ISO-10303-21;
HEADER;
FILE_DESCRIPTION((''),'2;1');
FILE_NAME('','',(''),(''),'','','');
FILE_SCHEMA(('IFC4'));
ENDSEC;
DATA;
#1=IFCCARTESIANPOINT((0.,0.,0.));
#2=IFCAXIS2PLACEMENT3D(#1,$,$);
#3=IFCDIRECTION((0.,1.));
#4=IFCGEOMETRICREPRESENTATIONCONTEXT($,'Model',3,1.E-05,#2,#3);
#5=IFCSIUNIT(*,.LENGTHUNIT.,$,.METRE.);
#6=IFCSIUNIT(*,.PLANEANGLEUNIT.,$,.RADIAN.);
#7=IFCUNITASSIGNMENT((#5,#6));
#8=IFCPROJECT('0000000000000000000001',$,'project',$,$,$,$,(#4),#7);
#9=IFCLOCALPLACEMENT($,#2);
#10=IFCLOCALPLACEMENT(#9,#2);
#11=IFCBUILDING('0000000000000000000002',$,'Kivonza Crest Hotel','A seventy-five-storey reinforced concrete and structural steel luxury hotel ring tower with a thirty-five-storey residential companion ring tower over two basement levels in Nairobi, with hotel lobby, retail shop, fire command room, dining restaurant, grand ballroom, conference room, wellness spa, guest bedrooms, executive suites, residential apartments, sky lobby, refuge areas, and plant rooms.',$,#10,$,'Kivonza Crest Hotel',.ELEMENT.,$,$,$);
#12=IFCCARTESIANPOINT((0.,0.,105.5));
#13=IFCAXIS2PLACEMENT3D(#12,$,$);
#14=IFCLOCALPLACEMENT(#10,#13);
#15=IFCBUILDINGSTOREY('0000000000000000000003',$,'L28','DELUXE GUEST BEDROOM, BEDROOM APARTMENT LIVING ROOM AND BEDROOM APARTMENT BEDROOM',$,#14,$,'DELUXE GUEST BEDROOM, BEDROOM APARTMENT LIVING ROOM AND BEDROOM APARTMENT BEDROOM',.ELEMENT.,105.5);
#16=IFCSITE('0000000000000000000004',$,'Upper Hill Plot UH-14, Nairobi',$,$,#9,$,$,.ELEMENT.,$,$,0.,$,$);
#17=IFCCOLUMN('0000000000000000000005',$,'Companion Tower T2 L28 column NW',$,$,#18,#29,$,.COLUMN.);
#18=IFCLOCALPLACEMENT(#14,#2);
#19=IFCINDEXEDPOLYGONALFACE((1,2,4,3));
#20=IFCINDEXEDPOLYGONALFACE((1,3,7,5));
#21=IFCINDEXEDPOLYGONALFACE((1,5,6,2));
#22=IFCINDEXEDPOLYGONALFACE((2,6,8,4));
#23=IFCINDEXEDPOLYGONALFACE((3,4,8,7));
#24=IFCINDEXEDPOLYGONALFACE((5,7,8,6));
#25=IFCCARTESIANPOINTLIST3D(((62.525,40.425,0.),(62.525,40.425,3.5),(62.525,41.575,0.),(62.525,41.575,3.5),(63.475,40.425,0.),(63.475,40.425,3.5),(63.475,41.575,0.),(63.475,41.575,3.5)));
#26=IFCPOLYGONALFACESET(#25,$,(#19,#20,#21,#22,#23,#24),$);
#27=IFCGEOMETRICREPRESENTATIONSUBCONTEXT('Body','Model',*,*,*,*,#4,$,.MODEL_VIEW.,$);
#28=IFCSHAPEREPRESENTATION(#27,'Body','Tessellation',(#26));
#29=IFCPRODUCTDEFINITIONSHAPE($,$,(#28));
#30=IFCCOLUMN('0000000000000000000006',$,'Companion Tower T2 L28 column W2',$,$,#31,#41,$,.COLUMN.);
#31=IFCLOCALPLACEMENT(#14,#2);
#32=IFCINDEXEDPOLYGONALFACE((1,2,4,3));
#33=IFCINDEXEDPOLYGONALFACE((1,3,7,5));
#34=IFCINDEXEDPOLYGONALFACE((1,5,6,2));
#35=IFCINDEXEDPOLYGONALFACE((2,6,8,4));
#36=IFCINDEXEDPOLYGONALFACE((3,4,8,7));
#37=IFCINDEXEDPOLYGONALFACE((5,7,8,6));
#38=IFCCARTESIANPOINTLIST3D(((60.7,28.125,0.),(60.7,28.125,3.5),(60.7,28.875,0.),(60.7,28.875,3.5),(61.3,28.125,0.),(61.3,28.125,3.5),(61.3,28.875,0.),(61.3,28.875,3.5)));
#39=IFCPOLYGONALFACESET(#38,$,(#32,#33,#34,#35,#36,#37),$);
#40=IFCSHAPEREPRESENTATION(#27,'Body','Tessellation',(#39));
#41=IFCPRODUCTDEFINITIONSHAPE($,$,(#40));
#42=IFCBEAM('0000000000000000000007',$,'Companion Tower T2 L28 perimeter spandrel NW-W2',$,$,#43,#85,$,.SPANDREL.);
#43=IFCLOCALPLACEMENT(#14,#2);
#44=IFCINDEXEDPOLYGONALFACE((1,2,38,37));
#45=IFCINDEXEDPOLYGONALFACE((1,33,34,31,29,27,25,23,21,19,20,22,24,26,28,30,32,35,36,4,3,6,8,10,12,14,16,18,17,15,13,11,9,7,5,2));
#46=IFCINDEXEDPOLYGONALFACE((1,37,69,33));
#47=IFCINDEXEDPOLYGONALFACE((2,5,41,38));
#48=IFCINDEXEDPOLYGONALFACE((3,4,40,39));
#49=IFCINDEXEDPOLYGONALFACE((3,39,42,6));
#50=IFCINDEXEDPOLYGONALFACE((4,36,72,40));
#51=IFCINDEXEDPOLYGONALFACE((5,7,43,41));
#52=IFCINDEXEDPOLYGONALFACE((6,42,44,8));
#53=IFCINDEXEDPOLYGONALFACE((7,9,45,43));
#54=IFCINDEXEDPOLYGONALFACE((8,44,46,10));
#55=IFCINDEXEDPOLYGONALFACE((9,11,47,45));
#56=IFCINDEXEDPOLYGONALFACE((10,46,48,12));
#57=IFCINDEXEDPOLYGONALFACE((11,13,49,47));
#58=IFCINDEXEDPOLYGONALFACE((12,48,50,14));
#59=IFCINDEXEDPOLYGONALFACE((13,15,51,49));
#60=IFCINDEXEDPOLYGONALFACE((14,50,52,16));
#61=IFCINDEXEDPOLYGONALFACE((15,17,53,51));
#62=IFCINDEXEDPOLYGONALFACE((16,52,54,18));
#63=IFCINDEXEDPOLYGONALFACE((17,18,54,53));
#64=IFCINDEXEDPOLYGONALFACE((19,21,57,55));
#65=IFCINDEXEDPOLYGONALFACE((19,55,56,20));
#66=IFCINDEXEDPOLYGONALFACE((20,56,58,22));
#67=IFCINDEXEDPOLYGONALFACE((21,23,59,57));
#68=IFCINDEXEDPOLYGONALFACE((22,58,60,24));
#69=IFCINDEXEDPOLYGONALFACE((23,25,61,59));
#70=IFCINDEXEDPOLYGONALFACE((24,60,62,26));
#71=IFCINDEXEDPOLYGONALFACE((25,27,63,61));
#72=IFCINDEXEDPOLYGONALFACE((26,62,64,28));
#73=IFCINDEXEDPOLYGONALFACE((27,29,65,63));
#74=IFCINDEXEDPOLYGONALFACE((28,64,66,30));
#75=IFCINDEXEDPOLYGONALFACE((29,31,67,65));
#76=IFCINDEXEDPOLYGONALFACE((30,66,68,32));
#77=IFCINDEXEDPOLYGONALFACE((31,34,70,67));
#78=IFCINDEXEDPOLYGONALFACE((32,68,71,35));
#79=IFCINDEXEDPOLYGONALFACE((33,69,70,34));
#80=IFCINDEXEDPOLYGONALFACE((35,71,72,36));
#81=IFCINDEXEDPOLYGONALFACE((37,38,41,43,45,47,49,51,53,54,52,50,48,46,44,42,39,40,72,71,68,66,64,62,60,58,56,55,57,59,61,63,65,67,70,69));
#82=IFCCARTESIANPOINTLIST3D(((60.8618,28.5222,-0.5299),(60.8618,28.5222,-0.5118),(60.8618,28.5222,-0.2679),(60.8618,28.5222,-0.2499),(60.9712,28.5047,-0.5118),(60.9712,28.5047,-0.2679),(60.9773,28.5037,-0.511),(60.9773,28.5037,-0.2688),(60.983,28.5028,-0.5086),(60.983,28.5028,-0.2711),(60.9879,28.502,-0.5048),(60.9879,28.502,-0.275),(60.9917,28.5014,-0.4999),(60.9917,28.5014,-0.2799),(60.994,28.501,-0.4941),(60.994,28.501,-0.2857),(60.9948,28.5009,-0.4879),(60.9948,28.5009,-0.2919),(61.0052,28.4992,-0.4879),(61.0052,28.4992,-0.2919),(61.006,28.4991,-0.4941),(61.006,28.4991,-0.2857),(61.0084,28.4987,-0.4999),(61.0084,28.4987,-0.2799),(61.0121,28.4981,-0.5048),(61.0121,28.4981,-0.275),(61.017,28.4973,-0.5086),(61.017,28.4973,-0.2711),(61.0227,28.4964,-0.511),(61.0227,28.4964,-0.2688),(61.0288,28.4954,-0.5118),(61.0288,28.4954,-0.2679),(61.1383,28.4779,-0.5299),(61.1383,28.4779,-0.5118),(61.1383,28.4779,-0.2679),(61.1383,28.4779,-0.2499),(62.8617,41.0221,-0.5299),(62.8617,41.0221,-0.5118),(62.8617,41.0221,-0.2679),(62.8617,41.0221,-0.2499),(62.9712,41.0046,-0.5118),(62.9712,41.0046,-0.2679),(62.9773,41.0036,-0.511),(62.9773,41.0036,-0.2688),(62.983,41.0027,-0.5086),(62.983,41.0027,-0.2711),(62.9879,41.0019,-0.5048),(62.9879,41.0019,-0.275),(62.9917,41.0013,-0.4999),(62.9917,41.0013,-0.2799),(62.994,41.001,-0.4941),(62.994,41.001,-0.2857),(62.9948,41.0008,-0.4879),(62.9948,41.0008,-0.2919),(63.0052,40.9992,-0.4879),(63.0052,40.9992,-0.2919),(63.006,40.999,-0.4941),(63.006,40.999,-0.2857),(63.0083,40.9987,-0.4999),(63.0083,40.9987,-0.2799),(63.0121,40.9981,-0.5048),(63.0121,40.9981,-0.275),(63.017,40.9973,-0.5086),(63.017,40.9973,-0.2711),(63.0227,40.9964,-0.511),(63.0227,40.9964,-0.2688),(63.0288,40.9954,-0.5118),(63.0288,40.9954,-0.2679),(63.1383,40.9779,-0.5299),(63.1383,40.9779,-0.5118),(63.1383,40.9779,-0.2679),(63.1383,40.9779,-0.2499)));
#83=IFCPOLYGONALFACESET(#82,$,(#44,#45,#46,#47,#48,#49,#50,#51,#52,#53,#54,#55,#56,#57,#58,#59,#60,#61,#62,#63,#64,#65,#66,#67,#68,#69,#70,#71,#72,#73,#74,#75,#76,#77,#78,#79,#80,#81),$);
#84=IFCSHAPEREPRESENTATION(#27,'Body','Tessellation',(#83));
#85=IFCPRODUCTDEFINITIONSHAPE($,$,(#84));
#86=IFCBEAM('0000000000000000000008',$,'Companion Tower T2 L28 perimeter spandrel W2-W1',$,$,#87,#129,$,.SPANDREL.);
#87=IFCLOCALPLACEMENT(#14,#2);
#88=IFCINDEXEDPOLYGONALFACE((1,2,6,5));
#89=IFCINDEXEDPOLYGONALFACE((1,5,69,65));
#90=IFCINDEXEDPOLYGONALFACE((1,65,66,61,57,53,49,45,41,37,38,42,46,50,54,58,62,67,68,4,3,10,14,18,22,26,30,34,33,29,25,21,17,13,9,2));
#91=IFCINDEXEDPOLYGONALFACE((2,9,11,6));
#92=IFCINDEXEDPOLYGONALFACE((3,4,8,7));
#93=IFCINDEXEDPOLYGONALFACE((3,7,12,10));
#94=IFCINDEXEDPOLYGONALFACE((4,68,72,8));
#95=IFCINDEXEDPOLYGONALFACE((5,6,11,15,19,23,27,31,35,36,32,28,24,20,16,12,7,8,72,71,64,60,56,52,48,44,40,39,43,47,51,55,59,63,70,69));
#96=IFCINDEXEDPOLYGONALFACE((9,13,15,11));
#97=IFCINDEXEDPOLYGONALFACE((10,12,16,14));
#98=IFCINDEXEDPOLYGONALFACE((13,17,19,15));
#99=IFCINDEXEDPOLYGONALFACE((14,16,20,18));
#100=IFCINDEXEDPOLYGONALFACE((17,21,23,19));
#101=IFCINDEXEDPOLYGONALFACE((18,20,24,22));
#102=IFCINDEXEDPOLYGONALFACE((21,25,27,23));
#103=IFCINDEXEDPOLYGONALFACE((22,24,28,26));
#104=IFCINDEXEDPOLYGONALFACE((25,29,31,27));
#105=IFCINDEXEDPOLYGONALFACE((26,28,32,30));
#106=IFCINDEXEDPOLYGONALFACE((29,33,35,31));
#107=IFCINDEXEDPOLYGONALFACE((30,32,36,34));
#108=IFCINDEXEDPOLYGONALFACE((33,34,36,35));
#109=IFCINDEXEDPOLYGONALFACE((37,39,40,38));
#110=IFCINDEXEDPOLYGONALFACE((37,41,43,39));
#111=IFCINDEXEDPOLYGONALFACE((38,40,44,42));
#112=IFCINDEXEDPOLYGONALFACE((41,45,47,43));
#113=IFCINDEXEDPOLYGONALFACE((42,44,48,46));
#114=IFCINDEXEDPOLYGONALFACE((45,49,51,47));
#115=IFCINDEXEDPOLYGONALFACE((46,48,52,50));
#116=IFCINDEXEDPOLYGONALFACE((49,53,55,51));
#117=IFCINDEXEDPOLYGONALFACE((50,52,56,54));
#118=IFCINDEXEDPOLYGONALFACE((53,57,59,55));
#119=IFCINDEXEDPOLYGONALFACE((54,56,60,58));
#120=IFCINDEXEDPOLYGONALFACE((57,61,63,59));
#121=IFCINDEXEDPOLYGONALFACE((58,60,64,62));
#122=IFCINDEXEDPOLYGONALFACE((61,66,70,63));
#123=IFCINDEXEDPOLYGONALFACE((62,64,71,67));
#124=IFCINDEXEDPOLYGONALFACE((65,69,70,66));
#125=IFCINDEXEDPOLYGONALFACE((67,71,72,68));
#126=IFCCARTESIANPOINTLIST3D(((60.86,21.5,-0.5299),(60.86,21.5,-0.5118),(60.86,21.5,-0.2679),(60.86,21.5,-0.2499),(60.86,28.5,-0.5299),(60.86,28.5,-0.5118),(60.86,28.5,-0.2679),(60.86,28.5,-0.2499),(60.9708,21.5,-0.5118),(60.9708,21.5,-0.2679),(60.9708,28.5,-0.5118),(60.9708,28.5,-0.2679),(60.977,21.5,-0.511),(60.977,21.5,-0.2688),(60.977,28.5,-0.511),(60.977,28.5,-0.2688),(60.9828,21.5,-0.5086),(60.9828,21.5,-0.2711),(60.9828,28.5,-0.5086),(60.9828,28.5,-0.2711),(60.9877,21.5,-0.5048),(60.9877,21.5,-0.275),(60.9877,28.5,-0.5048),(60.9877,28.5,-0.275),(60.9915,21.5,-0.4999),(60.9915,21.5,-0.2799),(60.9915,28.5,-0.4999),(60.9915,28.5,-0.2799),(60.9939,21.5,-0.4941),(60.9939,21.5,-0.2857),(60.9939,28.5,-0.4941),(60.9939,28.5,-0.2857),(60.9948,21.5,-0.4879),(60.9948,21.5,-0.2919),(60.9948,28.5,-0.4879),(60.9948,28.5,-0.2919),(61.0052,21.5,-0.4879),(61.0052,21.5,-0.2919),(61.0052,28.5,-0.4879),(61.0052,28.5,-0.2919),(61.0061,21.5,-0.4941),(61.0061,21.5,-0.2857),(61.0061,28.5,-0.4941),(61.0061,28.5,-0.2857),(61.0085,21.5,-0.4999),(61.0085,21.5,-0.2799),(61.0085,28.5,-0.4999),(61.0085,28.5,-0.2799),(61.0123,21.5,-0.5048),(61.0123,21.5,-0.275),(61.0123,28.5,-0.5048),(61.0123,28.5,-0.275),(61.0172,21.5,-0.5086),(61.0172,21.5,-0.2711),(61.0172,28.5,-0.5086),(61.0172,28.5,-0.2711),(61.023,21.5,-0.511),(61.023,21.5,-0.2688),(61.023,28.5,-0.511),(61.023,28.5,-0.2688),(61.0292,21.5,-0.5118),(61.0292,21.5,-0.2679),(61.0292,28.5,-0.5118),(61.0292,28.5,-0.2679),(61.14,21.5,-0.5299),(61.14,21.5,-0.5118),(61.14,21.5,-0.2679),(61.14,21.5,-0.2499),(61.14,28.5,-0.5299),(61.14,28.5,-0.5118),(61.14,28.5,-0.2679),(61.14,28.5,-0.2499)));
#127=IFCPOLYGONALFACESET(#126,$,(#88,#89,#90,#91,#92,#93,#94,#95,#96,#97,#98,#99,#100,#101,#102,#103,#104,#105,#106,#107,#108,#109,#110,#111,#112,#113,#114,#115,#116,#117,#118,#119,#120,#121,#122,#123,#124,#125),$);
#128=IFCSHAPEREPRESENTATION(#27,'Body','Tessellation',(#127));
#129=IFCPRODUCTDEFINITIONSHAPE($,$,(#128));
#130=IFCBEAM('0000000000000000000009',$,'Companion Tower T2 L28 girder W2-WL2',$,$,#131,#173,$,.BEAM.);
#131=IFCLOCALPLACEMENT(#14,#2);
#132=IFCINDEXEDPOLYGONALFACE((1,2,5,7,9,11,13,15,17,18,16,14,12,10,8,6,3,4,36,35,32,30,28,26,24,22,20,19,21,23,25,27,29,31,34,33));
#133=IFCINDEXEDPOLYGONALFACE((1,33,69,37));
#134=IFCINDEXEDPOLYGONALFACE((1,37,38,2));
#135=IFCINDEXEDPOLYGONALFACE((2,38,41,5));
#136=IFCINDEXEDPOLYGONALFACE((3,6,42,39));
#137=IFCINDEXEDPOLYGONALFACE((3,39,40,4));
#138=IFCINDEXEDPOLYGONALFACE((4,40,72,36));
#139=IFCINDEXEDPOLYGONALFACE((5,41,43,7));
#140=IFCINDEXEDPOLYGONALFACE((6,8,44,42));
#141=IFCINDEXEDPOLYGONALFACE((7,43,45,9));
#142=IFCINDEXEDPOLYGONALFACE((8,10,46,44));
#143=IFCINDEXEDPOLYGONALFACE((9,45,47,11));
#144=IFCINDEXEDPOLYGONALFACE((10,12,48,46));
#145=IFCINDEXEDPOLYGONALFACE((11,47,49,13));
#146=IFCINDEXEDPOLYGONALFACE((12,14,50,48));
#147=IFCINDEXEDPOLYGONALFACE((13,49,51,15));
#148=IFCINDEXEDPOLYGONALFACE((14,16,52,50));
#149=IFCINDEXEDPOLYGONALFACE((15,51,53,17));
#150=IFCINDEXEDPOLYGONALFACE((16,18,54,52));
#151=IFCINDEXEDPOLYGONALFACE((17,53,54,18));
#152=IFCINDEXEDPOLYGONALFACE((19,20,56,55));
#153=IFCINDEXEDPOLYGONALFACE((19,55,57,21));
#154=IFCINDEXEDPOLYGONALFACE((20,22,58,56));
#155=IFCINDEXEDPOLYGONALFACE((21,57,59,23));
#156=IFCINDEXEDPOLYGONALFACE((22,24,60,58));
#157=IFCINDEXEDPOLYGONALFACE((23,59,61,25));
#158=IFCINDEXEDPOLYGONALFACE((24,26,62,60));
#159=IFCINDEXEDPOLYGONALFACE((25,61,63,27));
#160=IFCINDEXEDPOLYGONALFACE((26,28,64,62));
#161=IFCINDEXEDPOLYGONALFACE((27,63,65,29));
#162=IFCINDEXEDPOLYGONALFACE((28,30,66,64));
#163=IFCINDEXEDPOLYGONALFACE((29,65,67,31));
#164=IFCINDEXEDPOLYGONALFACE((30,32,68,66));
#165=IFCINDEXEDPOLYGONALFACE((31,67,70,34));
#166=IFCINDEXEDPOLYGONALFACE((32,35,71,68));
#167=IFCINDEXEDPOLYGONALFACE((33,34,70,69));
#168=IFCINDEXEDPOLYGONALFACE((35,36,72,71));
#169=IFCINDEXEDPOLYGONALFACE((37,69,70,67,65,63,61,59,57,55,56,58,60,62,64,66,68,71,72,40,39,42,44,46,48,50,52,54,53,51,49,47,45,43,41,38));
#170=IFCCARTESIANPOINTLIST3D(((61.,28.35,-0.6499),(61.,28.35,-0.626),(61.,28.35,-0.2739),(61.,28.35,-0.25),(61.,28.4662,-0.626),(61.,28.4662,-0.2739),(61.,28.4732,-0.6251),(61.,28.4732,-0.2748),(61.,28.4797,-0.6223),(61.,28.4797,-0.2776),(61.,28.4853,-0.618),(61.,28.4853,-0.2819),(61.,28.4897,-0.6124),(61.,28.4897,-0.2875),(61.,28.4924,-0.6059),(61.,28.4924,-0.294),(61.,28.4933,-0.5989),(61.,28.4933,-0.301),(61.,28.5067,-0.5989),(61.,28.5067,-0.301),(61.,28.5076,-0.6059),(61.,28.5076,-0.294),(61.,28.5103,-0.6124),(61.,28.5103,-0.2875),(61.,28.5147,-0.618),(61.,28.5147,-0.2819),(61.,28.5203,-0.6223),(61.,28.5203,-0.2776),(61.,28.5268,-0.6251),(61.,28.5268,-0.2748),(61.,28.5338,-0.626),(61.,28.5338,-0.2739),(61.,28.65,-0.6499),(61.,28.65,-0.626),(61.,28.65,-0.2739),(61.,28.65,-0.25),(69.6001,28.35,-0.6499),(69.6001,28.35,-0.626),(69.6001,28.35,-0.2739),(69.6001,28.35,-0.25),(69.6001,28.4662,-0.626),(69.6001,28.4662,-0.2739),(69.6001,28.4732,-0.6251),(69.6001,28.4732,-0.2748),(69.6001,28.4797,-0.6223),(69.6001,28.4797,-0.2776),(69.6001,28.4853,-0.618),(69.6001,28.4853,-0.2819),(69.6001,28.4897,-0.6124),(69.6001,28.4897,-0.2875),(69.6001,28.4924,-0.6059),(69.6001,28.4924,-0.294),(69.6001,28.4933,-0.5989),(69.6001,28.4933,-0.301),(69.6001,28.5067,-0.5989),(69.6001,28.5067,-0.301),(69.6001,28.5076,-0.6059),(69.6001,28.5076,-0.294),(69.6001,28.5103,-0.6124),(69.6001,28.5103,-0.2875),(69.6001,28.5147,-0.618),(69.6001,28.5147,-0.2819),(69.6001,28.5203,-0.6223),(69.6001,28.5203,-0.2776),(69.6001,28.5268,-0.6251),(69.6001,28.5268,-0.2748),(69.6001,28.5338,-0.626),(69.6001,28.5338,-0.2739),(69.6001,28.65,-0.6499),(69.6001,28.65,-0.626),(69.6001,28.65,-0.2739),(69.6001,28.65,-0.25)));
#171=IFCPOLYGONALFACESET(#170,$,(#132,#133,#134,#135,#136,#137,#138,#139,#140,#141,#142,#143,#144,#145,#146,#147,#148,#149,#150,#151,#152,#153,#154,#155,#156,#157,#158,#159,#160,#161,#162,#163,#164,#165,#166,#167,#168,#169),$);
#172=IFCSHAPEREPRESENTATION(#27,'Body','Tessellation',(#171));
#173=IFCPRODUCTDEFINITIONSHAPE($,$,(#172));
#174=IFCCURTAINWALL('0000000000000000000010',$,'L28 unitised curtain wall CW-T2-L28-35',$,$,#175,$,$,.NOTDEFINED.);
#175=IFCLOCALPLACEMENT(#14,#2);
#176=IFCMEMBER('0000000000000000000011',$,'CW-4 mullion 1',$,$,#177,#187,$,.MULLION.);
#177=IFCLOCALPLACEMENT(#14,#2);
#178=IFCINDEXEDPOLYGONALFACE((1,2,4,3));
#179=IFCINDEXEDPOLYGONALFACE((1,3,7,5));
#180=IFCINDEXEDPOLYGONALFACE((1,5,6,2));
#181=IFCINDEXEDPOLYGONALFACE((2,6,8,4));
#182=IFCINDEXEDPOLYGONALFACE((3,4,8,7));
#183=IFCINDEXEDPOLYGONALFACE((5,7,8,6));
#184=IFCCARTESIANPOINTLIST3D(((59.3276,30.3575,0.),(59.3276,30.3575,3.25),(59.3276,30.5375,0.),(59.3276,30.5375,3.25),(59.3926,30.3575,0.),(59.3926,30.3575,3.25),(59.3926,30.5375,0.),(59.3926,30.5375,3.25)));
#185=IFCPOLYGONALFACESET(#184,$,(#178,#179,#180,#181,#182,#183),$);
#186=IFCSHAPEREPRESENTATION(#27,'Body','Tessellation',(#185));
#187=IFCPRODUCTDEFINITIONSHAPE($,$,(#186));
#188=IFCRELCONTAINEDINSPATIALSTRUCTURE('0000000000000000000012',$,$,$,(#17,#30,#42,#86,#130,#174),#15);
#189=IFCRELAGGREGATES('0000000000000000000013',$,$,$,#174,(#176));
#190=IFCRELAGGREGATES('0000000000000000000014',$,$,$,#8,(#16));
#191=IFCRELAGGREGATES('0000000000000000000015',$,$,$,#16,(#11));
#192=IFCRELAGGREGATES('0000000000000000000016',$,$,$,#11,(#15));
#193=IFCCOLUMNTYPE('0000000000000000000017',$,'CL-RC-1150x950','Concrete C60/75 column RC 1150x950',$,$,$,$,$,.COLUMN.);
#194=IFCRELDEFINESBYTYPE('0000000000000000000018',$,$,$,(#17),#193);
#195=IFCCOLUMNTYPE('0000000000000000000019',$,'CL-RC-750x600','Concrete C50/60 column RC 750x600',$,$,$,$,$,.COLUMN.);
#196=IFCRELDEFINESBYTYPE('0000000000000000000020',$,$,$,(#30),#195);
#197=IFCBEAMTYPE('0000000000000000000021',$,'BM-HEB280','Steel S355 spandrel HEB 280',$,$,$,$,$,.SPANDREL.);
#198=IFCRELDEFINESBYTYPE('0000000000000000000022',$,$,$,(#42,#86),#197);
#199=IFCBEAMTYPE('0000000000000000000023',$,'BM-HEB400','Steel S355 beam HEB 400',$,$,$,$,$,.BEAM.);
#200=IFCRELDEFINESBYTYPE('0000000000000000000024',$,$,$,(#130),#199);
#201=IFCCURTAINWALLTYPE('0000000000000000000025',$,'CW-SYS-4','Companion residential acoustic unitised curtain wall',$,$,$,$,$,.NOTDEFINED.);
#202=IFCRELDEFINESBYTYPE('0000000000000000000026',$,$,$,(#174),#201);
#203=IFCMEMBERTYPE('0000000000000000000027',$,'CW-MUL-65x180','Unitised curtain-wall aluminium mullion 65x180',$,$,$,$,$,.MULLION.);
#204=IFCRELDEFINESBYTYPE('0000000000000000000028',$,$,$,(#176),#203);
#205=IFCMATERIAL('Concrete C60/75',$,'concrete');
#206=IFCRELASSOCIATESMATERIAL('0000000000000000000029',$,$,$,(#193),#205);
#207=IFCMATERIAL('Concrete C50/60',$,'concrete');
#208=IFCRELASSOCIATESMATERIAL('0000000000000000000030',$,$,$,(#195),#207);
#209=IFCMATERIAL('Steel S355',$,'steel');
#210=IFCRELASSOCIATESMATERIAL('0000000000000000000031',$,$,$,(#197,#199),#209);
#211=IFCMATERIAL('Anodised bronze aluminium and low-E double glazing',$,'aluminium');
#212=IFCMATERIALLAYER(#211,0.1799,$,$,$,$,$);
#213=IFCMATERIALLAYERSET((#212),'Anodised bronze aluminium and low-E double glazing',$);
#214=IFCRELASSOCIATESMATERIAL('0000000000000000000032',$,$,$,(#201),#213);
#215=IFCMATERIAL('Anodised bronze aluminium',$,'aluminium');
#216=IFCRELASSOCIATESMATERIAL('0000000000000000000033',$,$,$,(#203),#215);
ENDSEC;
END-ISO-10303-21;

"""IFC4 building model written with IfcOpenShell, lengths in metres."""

from ifc_helpers import new_model, si_unit, direction, frame, origin, origin_2d, place, context, subcontext, project, spatial, rectangle, i_section, extrude, material, layer, layer_set, material_profile, profile_set, type_object, element, aggregate, save


model = new_model("IFC4")

# Units and contexts
model_context = context("Model", 3, precision=1e-05, world=origin(), true_north=direction((0.0, 1.0)))
body_context = subcontext(model_context, "Body", "Model", "MODEL_VIEW")
ifc_project = project(units=[si_unit("LENGTHUNIT", "METRE"), si_unit("PLANEANGLEUNIT", "RADIAN")], contexts=[model_context])

# Site, building, storey
site_placement = place(None, origin())
site = spatial("IfcSite", under=ifc_project, at=site_placement, Name="Upper Hill Plot UH-14, Nairobi", CompositionType="ELEMENT", RefElevation=0.0)
building_placement = place(site_placement, origin())
building = spatial("IfcBuilding", under=site, at=building_placement, Name="Kivonza Crest Hotel", Description="A seventy-five-storey reinforced concrete and structural steel luxury hotel ring tower with a thirty-five-storey residential companion ring tower over two basement levels in Nairobi, with hotel lobby, retail shop, fire command room, dining restaurant, grand ballroom, conference room, wellness spa, guest bedrooms, executive suites, residential apartments, sky lobby, refuge areas, and plant rooms.", LongName="Kivonza Crest Hotel", CompositionType="ELEMENT")
storey_placement = place(building_placement, frame((0.0, 0.0, 105.5)))
storey = spatial("IfcBuildingStorey", under=building, at=storey_placement, Name="L28", Description="DELUXE GUEST BEDROOM, BEDROOM APARTMENT LIVING ROOM AND BEDROOM APARTMENT BEDROOM", LongName="DELUXE GUEST BEDROOM, BEDROOM APARTMENT LIVING ROOM AND BEDROOM APARTMENT BEDROOM", CompositionType="ELEMENT", Elevation=105.5)

# Columns
ifc_material_1 = material(Name="Concrete C60/75", Category="concrete")
ifc_material_profile_1 = material_profile(ifc_material_1, rectangle(XDim=0.95, YDim=1.1499, at=origin_2d()), Name="RC 1150x950")
ifc_profile_set_1 = profile_set([ifc_material_profile_1], Name="Concrete C60/75")
column_type_1 = type_object("IfcColumnType", Name="CL-RC-1150x950", Description="Concrete C60/75 column RC 1150x950", PredefinedType="COLUMN", material=ifc_profile_set_1)
column_1_placement = place(storey_placement, frame((63.0, 41.0, 0.0), z_axis=(0.0, 0.0, 1.0), x_axis=(1.0, 0.0, 0.0)))
element("IfcColumn", 1, at=column_1_placement, inside=storey, type_object=column_type_1, Name="Companion Tower T2 L28 column NW", PredefinedType="COLUMN", context=body_context, shape_type="SweptSolid", body=[
    extrude(rectangle(XDim=0.95, YDim=1.1499, at=origin_2d()), origin(), (0.0, 0.0, 1.0), 3.5),
])
ifc_material_2 = material(Name="Concrete C50/60", Category="concrete")
ifc_material_profile_2 = material_profile(ifc_material_2, rectangle(XDim=0.6001, YDim=0.75, at=origin_2d()), Name="RC 750x600")
ifc_profile_set_2 = profile_set([ifc_material_profile_2], Name="Concrete C50/60")
column_type_2 = type_object("IfcColumnType", Name="CL-RC-750x600", Description="Concrete C50/60 column RC 750x600", PredefinedType="COLUMN", material=ifc_profile_set_2)
column_2_placement = place(storey_placement, frame((61.0, 28.5, 0.0), z_axis=(0.0, 0.0, 1.0), x_axis=(1.0, 0.0, 0.0)))
element("IfcColumn", 2, at=column_2_placement, inside=storey, type_object=column_type_2, Name="Companion Tower T2 L28 column W2", PredefinedType="COLUMN", context=body_context, shape_type="SweptSolid", body=[
    extrude(rectangle(XDim=0.6001, YDim=0.75, at=origin_2d()), origin(), (0.0, 0.0, 1.0), 3.5),
])

# Beams
ifc_material_3 = material(Name="Steel S355", Category="steel")
ifc_material_profile_3 = material_profile(ifc_material_3, i_section(OverallWidth=0.28, OverallDepth=0.28, WebThickness=0.0105, FlangeThickness=0.0181, FilletRadius=0.0239, at=origin_2d()), Name="HEB 280")
ifc_profile_set_3 = profile_set([ifc_material_profile_3], Name="Steel S355")
beam_type_1 = type_object("IfcBeamType", Name="BM-HEB280", Description="Steel S355 spandrel HEB 280", PredefinedType="SPANDREL", material=ifc_profile_set_3)
beam_1_placement = place(storey_placement, frame((63.0, 41.0, -0.3899), z_axis=(-0.157991, -0.987441, 0.0), x_axis=(0.987441, -0.157991, 0.0)))
element("IfcBeam", 3, at=beam_1_placement, inside=storey, type_object=beam_type_1, Name="Companion Tower T2 L28 perimeter spandrel NW-W2", PredefinedType="SPANDREL", context=body_context, shape_type="SweptSolid", body=[
    extrude(i_section(OverallWidth=0.28, OverallDepth=0.28, WebThickness=0.0105, FlangeThickness=0.0181, FilletRadius=0.0239, at=origin_2d()), origin(), (0.0, 0.0, 1.0), 12.6589),
])
beam_2_placement = place(storey_placement, frame((61.0, 28.5, -0.3899), z_axis=(0.0, -1.0, 0.0), x_axis=(1.0, 0.0, 0.0)))
element("IfcBeam", 4, at=beam_2_placement, inside=storey, type_object=beam_type_1, Name="Companion Tower T2 L28 perimeter spandrel W2-W1", PredefinedType="SPANDREL", context=body_context, shape_type="SweptSolid", body=[
    extrude(i_section(OverallWidth=0.28, OverallDepth=0.28, WebThickness=0.0105, FlangeThickness=0.0181, FilletRadius=0.0239, at=origin_2d()), origin(), (0.0, 0.0, 1.0), 7.0),
])
ifc_material_profile_4 = material_profile(ifc_material_3, i_section(OverallWidth=0.3, OverallDepth=0.3999, WebThickness=0.0134, FlangeThickness=0.0239, FilletRadius=0.0271, at=origin_2d()), Name="HEB 400")
ifc_profile_set_4 = profile_set([ifc_material_profile_4], Name="Steel S355")
beam_type_2 = type_object("IfcBeamType", Name="BM-HEB400", Description="Steel S355 beam HEB 400", PredefinedType="BEAM", material=ifc_profile_set_4)
beam_3_placement = place(storey_placement, frame((61.0, 28.5, -0.45), z_axis=(1.0, 0.0, 0.0), x_axis=(0.0, 1.0, 0.0)))
element("IfcBeam", 5, at=beam_3_placement, inside=storey, type_object=beam_type_2, Name="Companion Tower T2 L28 girder W2-WL2", PredefinedType="BEAM", context=body_context, shape_type="SweptSolid", body=[
    extrude(i_section(OverallWidth=0.3, OverallDepth=0.3999, WebThickness=0.0134, FlangeThickness=0.0239, FilletRadius=0.0271, at=origin_2d()), origin(), (0.0, 0.0, 1.0), 8.6001),
])

# Curtain wall, member
ifc_material_4 = material(Name="Anodised bronze aluminium and low-E double glazing", Category="aluminium")
ifc_layer_1 = layer(ifc_material_4, 0.1799)
ifc_layer_set_1 = layer_set([ifc_layer_1], Name="Anodised bronze aluminium and low-E double glazing")
curtain_wall_type = type_object("IfcCurtainWallType", Name="CW-SYS-4", Description="Companion residential acoustic unitised curtain wall", PredefinedType="NOTDEFINED", material=ifc_layer_set_1)
curtain_wall_placement = place(storey_placement, origin())
curtain_wall = element("IfcCurtainWall", 6, at=curtain_wall_placement, inside=storey, type_object=curtain_wall_type, Name="L28 unitised curtain wall CW-T2-L28-35", PredefinedType="NOTDEFINED")
ifc_material_5 = material(Name="Anodised bronze aluminium", Category="aluminium")
ifc_material_profile_5 = material_profile(ifc_material_5, rectangle(XDim=0.0649, YDim=0.1799, at=origin_2d()), Name="CW-M 65x180")
ifc_profile_set_5 = profile_set([ifc_material_profile_5], Name="Anodised bronze aluminium")
member_type = type_object("IfcMemberType", Name="CW-MUL-65x180", Description="Unitised curtain-wall aluminium mullion 65x180", PredefinedType="MULLION", material=ifc_profile_set_5)
member_placement = place(storey_placement, frame((59.3601, 30.4475, 0.0), z_axis=(0.0, 0.0, 1.0), x_axis=(1.0, 0.0, 0.0)))
member = element("IfcMember", 7, at=member_placement, type_object=member_type, Name="CW-4 mullion 1", PredefinedType="MULLION", context=body_context, shape_type="SweptSolid", body=[
    extrude(rectangle(XDim=0.0649, YDim=0.1799, at=origin_2d()), origin(), (0.0, 0.0, 1.0), 3.25),
])
aggregate(curtain_wall, [member])

save(model, "model.ifc")
